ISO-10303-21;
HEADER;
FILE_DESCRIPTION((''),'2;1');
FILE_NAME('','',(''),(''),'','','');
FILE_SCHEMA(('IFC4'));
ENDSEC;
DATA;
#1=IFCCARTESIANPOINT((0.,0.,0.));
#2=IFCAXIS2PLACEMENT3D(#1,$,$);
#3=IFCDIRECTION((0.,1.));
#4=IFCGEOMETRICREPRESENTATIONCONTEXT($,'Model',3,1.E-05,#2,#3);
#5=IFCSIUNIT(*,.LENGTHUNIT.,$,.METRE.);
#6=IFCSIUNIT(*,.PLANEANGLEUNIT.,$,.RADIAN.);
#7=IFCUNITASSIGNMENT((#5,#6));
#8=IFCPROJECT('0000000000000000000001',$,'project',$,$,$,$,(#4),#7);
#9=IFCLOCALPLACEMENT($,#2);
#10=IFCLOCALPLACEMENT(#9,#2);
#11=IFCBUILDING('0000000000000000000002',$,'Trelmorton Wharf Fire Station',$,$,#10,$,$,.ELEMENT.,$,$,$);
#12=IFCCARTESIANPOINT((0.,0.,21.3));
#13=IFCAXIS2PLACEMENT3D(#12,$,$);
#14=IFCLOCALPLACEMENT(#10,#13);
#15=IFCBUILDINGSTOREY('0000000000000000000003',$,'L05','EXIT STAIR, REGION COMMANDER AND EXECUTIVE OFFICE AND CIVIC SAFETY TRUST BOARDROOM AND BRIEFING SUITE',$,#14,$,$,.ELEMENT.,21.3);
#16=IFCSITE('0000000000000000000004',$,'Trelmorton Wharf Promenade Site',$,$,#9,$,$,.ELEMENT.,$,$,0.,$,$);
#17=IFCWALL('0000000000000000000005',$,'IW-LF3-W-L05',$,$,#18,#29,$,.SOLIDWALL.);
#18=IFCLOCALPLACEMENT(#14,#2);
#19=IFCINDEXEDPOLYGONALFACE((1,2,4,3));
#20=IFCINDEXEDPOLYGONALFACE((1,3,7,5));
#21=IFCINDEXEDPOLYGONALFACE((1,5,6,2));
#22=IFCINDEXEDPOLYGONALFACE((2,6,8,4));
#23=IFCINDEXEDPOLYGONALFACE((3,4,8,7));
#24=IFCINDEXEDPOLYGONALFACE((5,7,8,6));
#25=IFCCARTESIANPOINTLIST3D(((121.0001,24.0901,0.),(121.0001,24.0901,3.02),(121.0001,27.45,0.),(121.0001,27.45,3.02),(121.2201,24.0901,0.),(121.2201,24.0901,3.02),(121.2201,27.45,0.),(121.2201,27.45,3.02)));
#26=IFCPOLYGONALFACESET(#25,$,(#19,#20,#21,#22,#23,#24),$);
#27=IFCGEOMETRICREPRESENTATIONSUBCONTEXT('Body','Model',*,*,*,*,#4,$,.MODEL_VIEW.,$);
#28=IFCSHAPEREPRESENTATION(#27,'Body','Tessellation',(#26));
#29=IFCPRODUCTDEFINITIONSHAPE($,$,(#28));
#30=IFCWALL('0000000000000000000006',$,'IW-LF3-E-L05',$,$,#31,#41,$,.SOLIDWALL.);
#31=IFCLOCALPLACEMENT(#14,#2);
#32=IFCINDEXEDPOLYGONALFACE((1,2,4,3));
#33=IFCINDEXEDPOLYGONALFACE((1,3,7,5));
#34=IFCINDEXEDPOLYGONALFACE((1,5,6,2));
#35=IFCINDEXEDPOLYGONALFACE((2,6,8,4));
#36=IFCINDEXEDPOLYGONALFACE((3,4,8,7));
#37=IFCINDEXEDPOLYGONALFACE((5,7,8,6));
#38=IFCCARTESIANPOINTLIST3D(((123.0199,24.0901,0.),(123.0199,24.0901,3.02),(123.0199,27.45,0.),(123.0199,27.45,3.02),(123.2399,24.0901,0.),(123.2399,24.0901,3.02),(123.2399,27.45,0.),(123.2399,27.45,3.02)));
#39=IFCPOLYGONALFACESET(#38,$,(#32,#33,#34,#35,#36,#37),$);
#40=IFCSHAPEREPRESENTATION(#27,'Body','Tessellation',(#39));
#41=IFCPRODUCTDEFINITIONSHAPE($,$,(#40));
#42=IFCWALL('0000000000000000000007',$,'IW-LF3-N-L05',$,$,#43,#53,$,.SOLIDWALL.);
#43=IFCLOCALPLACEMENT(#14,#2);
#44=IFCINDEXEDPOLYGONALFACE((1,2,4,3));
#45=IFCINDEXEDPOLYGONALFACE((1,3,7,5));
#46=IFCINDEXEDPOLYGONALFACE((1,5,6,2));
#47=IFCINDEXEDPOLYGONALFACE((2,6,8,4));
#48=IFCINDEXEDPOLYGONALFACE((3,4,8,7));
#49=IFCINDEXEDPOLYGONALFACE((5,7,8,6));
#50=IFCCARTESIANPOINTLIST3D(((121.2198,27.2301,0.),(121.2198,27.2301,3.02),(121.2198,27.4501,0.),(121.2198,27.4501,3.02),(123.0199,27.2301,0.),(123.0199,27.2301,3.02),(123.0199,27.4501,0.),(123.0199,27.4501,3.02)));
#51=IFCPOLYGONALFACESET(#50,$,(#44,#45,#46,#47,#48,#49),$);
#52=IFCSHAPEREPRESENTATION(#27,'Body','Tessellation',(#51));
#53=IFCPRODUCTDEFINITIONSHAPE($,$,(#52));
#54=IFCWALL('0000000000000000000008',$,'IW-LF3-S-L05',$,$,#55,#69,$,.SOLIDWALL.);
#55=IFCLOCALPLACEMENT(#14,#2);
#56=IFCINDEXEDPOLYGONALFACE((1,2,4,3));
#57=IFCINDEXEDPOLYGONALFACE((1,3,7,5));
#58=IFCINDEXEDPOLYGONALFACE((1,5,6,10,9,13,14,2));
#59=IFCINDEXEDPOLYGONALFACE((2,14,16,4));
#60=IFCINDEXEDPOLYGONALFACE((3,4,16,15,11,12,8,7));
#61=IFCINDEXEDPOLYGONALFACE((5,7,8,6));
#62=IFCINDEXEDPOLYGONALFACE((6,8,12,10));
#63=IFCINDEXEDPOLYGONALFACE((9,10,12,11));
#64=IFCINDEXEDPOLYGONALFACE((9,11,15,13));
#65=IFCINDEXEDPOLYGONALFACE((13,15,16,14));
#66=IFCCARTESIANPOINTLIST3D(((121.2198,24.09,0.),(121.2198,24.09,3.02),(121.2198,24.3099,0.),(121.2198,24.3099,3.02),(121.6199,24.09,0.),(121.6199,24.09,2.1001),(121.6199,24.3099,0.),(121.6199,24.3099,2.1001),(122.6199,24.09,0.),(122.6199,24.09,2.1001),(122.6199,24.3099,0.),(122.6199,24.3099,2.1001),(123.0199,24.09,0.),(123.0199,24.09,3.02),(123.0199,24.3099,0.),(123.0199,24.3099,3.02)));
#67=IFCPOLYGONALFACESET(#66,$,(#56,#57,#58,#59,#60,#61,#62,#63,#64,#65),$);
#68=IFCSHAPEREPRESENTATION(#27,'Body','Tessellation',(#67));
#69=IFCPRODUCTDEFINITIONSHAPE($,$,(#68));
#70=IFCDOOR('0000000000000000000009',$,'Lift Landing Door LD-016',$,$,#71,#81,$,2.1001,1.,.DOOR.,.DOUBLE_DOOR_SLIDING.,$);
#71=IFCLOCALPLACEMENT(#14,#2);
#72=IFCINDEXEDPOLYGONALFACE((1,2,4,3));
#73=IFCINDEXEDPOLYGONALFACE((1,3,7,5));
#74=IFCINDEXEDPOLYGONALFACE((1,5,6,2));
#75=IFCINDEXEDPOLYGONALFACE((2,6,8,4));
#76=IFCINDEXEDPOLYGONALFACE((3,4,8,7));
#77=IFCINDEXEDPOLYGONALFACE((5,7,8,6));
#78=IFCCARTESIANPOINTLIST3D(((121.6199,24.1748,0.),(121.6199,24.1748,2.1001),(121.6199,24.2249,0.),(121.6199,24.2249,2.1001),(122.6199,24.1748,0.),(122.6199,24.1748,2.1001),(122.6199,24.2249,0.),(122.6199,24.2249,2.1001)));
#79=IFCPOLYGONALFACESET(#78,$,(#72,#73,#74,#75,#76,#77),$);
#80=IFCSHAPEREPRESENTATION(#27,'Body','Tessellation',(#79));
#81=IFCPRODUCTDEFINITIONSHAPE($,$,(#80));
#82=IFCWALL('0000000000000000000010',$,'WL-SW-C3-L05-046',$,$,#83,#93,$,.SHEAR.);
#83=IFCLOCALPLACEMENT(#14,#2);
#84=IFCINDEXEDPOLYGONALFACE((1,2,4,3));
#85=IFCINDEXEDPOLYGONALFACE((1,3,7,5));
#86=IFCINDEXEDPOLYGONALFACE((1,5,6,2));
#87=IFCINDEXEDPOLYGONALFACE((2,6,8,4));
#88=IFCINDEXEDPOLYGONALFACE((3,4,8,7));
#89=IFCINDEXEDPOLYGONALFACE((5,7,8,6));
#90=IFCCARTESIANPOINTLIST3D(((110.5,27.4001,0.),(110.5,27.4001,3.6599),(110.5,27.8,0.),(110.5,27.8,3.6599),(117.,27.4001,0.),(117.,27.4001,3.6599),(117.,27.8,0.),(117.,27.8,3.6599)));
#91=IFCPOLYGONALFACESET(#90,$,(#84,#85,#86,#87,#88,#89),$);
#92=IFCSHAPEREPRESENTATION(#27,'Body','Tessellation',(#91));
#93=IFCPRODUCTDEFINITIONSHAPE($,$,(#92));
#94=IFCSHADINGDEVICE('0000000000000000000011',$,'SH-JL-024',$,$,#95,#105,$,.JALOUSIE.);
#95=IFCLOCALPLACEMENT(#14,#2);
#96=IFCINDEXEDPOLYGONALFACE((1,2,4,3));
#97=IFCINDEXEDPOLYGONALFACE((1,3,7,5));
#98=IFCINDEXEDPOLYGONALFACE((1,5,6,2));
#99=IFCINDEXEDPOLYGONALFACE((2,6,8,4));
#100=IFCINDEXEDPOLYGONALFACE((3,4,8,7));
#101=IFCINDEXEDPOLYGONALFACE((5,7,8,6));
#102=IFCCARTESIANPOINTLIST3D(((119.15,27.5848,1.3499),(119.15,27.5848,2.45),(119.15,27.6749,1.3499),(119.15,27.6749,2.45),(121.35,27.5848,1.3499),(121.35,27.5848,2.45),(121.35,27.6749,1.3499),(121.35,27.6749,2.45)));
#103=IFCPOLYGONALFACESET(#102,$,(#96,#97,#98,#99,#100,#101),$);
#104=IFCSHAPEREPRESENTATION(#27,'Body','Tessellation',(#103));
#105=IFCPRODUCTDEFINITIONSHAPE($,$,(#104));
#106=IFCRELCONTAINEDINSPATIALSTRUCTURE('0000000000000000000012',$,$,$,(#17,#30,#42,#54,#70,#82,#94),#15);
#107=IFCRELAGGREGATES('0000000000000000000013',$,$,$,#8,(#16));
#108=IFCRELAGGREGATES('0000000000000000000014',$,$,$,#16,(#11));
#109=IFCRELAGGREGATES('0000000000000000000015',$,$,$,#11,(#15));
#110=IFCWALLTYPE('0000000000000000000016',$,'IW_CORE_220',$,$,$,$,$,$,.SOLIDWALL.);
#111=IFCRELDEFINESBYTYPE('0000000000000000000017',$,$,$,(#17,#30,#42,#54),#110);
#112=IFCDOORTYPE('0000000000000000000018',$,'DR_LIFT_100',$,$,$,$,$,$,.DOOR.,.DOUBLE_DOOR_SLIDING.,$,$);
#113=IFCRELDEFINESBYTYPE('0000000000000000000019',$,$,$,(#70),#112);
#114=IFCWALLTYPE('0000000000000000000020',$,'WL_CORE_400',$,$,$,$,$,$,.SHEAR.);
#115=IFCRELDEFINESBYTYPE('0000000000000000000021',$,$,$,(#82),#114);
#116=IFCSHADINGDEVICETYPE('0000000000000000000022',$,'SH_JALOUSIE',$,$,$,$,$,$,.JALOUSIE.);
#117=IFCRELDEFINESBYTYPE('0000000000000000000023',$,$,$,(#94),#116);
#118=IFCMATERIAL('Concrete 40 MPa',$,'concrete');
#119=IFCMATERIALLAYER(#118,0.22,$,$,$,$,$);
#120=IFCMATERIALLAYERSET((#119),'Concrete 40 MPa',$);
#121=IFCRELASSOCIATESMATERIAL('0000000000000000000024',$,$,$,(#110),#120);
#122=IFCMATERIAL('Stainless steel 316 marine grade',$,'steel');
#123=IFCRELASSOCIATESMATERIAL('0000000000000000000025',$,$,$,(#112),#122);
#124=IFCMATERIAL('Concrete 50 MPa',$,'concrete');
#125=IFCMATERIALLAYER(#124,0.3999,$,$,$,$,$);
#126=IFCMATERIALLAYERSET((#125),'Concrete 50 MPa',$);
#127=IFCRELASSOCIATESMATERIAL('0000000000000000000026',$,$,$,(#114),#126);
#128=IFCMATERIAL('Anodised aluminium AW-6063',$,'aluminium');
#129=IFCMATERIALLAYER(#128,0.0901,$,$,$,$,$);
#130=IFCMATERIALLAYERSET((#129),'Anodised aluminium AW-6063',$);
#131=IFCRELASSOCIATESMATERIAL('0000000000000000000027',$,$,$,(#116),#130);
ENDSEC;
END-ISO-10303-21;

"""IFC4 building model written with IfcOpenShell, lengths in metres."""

from ifc_helpers import new_model, si_unit, direction, frame, frame_2d, origin, origin_2d, place, context, subcontext, project, spatial, rectangle, extrude, material, layer, layer_set, type_object, element, fill, save


model = new_model("IFC4")

# Units and contexts
model_context = context("Model", 3, precision=1e-05, world=origin(), true_north=direction((0.0, 1.0)))
body_context = subcontext(model_context, "Body", "Model", "MODEL_VIEW")
ifc_project = project(units=[si_unit("LENGTHUNIT", "METRE"), si_unit("PLANEANGLEUNIT", "RADIAN")], contexts=[model_context])

# Site, building, storey
site_placement = place(None, origin())
site = spatial("IfcSite", under=ifc_project, at=site_placement, Name="Trelmorton Wharf Promenade Site", CompositionType="ELEMENT", RefElevation=0.0)
building_placement = place(site_placement, origin())
building = spatial("IfcBuilding", under=site, at=building_placement, Name="Trelmorton Wharf Fire Station", CompositionType="ELEMENT")
storey_placement = place(building_placement, frame((0.0, 0.0, 21.3)))
storey = spatial("IfcBuildingStorey", under=building, at=storey_placement, Name="L05", Description="EXIT STAIR, REGION COMMANDER AND EXECUTIVE OFFICE AND CIVIC SAFETY TRUST BOARDROOM AND BRIEFING SUITE", CompositionType="ELEMENT", Elevation=21.3)

# Shared definitions
ifc_material_1 = material(Name="Anodised aluminium AW-6063", Category="aluminium")

# Shared definitions
ifc_material_2 = material(Name="Concrete 40 MPa", Category="concrete")
ifc_layer_1 = layer(ifc_material_2, 0.22)
ifc_layer_set_1 = layer_set([ifc_layer_1], Name="Concrete 40 MPa")
wall_type_1 = type_object("IfcWallType", Name="IW_CORE_220", PredefinedType="SOLIDWALL", material=ifc_layer_set_1)
ifc_material_3 = material(Name="Stainless steel 316 marine grade", Category="steel")

# Walls
for number, where, z_axis, x_axis, name in (
    (1, (121.1101, 24.0901, 0.0), (0.0, 0.0, 1.0), (0.0, 1.0, 0.0), "IW-LF3-W-L05"),
    (2, (123.1299, 24.0901, 0.0), (0.0, 0.0, 1.0), (0.0, 1.0, 0.0), "IW-LF3-E-L05"),
):
    element("IfcWall", number, at=place(storey_placement, frame(where, z_axis=z_axis, x_axis=x_axis)), inside=storey, type_object=wall_type_1, Name=name, PredefinedType="SOLIDWALL", context=body_context, shape_type="SweptSolid", body=[
        extrude(rectangle(XDim=3.3599, YDim=0.22, at=frame_2d((1.6799, 0.0))), origin(), (0.0, 0.0, 1.0), 3.02),
    ])
wall_1_placement = place(storey_placement, frame((121.22, 27.3401, 0.0), z_axis=(0.0, 0.0, 1.0), x_axis=(1.0, 0.0, 0.0)))
element("IfcWall", 3, at=wall_1_placement, inside=storey, type_object=wall_type_1, Name="IW-LF3-N-L05", PredefinedType="SOLIDWALL", context=body_context, shape_type="SweptSolid", body=[
    extrude(rectangle(XDim=1.8, YDim=0.22, at=frame_2d((0.8999, 0.0))), origin(), (0.0, 0.0, 1.0), 3.02),
])

# Wall, opening, door
wall_2_placement = place(storey_placement, frame((121.22, 24.2, 0.0), z_axis=(0.0, 0.0, 1.0), x_axis=(1.0, 0.0, 0.0)))
wall_2 = element("IfcWall", 4, at=wall_2_placement, inside=storey, type_object=wall_type_1, Name="IW-LF3-S-L05", PredefinedType="SOLIDWALL", context=body_context, shape_type="SweptSolid", body=[
    extrude(rectangle(XDim=1.8, YDim=0.22, at=frame_2d((0.8999, 0.0))), origin(), (0.0, 0.0, 1.0), 3.02),
])
opening_1_placement = place(wall_2_placement, frame((0.3999, 0.0, 0.0)))
opening_1 = element("IfcOpeningElement", 5, at=opening_1_placement, cuts=wall_2, PredefinedType="OPENING", context=body_context, shape_type="SweptSolid", body=[
    extrude(rectangle(XDim=1.0, YDim=2.1001, at=frame_2d((0.5, 1.05))), frame((0.0, 0.1201, 0.0), z_axis=(0.0, -1.0, 0.0), x_axis=(1.0, 0.0, 0.0)), (0.0, 0.0, 1.0), 0.24),
])
door_type_1 = type_object("IfcDoorType", Name="DR_LIFT_100", OperationType="DOUBLE_DOOR_SLIDING", PredefinedType="DOOR", material=ifc_material_3)
door_1_placement = place(opening_1_placement, origin())
door_1 = element("IfcDoor", 6, at=door_1_placement, inside=storey, type_object=door_type_1, Name="Lift Landing Door LD-016", OperationType="DOUBLE_DOOR_SLIDING", OverallHeight=2.1001, OverallWidth=1.0, PredefinedType="DOOR", context=body_context, shape_type="SweptSolid", body=[
    extrude(rectangle(XDim=1.0, YDim=2.1001, at=frame_2d((0.5, 1.05))), frame((0.0, 0.0249, 0.0), z_axis=(0.0, -1.0, 0.0), x_axis=(1.0, 0.0, 0.0)), (0.0, 0.0, 1.0), 0.05),
])
fill(opening_1, door_1)

# Wall
ifc_material_4 = material(Name="Concrete 50 MPa", Category="concrete")
ifc_layer_2 = layer(ifc_material_4, 0.3999)
ifc_layer_set_2 = layer_set([ifc_layer_2], Name="Concrete 50 MPa")
wall_type_2 = type_object("IfcWallType", Name="WL_CORE_400", PredefinedType="SHEAR", material=ifc_layer_set_2)
wall_3_placement = place(storey_placement, frame((110.5, 27.6001, 0.0), z_axis=(0.0, 0.0, 1.0), x_axis=(1.0, 0.0, 0.0)))
element("IfcWall", 7, at=wall_3_placement, inside=storey, type_object=wall_type_2, Name="WL-SW-C3-L05-046", PredefinedType="SHEAR", context=body_context, shape_type="SweptSolid", body=[
    extrude(rectangle(XDim=6.5, YDim=0.3999, at=frame_2d((3.25, 0.0))), origin(), (0.0, 0.0, 1.0), 3.6599),
])

# Shading device
ifc_layer_3 = layer(ifc_material_1, 0.0901)
ifc_layer_set_3 = layer_set([ifc_layer_3], Name="Anodised aluminium AW-6063")
shading_device_type = type_object("IfcShadingDeviceType", Name="SH_JALOUSIE", PredefinedType="JALOUSIE", material=ifc_layer_set_3)
shading_device_placement = place(storey_placement, frame((120.25, 27.6299, 1.3499), z_axis=(0.0, 0.0, 1.0), x_axis=(1.0, 0.0, 0.0)))
element("IfcShadingDevice", 8, at=shading_device_placement, inside=storey, type_object=shading_device_type, Name="SH-JL-024", PredefinedType="JALOUSIE", context=body_context, shape_type="SweptSolid", body=[
    extrude(rectangle(XDim=2.2, YDim=0.0901, at=origin_2d()), origin(), (0.0, 0.0, 1.0), 1.1001),
])

save(model, "model.ifc")
